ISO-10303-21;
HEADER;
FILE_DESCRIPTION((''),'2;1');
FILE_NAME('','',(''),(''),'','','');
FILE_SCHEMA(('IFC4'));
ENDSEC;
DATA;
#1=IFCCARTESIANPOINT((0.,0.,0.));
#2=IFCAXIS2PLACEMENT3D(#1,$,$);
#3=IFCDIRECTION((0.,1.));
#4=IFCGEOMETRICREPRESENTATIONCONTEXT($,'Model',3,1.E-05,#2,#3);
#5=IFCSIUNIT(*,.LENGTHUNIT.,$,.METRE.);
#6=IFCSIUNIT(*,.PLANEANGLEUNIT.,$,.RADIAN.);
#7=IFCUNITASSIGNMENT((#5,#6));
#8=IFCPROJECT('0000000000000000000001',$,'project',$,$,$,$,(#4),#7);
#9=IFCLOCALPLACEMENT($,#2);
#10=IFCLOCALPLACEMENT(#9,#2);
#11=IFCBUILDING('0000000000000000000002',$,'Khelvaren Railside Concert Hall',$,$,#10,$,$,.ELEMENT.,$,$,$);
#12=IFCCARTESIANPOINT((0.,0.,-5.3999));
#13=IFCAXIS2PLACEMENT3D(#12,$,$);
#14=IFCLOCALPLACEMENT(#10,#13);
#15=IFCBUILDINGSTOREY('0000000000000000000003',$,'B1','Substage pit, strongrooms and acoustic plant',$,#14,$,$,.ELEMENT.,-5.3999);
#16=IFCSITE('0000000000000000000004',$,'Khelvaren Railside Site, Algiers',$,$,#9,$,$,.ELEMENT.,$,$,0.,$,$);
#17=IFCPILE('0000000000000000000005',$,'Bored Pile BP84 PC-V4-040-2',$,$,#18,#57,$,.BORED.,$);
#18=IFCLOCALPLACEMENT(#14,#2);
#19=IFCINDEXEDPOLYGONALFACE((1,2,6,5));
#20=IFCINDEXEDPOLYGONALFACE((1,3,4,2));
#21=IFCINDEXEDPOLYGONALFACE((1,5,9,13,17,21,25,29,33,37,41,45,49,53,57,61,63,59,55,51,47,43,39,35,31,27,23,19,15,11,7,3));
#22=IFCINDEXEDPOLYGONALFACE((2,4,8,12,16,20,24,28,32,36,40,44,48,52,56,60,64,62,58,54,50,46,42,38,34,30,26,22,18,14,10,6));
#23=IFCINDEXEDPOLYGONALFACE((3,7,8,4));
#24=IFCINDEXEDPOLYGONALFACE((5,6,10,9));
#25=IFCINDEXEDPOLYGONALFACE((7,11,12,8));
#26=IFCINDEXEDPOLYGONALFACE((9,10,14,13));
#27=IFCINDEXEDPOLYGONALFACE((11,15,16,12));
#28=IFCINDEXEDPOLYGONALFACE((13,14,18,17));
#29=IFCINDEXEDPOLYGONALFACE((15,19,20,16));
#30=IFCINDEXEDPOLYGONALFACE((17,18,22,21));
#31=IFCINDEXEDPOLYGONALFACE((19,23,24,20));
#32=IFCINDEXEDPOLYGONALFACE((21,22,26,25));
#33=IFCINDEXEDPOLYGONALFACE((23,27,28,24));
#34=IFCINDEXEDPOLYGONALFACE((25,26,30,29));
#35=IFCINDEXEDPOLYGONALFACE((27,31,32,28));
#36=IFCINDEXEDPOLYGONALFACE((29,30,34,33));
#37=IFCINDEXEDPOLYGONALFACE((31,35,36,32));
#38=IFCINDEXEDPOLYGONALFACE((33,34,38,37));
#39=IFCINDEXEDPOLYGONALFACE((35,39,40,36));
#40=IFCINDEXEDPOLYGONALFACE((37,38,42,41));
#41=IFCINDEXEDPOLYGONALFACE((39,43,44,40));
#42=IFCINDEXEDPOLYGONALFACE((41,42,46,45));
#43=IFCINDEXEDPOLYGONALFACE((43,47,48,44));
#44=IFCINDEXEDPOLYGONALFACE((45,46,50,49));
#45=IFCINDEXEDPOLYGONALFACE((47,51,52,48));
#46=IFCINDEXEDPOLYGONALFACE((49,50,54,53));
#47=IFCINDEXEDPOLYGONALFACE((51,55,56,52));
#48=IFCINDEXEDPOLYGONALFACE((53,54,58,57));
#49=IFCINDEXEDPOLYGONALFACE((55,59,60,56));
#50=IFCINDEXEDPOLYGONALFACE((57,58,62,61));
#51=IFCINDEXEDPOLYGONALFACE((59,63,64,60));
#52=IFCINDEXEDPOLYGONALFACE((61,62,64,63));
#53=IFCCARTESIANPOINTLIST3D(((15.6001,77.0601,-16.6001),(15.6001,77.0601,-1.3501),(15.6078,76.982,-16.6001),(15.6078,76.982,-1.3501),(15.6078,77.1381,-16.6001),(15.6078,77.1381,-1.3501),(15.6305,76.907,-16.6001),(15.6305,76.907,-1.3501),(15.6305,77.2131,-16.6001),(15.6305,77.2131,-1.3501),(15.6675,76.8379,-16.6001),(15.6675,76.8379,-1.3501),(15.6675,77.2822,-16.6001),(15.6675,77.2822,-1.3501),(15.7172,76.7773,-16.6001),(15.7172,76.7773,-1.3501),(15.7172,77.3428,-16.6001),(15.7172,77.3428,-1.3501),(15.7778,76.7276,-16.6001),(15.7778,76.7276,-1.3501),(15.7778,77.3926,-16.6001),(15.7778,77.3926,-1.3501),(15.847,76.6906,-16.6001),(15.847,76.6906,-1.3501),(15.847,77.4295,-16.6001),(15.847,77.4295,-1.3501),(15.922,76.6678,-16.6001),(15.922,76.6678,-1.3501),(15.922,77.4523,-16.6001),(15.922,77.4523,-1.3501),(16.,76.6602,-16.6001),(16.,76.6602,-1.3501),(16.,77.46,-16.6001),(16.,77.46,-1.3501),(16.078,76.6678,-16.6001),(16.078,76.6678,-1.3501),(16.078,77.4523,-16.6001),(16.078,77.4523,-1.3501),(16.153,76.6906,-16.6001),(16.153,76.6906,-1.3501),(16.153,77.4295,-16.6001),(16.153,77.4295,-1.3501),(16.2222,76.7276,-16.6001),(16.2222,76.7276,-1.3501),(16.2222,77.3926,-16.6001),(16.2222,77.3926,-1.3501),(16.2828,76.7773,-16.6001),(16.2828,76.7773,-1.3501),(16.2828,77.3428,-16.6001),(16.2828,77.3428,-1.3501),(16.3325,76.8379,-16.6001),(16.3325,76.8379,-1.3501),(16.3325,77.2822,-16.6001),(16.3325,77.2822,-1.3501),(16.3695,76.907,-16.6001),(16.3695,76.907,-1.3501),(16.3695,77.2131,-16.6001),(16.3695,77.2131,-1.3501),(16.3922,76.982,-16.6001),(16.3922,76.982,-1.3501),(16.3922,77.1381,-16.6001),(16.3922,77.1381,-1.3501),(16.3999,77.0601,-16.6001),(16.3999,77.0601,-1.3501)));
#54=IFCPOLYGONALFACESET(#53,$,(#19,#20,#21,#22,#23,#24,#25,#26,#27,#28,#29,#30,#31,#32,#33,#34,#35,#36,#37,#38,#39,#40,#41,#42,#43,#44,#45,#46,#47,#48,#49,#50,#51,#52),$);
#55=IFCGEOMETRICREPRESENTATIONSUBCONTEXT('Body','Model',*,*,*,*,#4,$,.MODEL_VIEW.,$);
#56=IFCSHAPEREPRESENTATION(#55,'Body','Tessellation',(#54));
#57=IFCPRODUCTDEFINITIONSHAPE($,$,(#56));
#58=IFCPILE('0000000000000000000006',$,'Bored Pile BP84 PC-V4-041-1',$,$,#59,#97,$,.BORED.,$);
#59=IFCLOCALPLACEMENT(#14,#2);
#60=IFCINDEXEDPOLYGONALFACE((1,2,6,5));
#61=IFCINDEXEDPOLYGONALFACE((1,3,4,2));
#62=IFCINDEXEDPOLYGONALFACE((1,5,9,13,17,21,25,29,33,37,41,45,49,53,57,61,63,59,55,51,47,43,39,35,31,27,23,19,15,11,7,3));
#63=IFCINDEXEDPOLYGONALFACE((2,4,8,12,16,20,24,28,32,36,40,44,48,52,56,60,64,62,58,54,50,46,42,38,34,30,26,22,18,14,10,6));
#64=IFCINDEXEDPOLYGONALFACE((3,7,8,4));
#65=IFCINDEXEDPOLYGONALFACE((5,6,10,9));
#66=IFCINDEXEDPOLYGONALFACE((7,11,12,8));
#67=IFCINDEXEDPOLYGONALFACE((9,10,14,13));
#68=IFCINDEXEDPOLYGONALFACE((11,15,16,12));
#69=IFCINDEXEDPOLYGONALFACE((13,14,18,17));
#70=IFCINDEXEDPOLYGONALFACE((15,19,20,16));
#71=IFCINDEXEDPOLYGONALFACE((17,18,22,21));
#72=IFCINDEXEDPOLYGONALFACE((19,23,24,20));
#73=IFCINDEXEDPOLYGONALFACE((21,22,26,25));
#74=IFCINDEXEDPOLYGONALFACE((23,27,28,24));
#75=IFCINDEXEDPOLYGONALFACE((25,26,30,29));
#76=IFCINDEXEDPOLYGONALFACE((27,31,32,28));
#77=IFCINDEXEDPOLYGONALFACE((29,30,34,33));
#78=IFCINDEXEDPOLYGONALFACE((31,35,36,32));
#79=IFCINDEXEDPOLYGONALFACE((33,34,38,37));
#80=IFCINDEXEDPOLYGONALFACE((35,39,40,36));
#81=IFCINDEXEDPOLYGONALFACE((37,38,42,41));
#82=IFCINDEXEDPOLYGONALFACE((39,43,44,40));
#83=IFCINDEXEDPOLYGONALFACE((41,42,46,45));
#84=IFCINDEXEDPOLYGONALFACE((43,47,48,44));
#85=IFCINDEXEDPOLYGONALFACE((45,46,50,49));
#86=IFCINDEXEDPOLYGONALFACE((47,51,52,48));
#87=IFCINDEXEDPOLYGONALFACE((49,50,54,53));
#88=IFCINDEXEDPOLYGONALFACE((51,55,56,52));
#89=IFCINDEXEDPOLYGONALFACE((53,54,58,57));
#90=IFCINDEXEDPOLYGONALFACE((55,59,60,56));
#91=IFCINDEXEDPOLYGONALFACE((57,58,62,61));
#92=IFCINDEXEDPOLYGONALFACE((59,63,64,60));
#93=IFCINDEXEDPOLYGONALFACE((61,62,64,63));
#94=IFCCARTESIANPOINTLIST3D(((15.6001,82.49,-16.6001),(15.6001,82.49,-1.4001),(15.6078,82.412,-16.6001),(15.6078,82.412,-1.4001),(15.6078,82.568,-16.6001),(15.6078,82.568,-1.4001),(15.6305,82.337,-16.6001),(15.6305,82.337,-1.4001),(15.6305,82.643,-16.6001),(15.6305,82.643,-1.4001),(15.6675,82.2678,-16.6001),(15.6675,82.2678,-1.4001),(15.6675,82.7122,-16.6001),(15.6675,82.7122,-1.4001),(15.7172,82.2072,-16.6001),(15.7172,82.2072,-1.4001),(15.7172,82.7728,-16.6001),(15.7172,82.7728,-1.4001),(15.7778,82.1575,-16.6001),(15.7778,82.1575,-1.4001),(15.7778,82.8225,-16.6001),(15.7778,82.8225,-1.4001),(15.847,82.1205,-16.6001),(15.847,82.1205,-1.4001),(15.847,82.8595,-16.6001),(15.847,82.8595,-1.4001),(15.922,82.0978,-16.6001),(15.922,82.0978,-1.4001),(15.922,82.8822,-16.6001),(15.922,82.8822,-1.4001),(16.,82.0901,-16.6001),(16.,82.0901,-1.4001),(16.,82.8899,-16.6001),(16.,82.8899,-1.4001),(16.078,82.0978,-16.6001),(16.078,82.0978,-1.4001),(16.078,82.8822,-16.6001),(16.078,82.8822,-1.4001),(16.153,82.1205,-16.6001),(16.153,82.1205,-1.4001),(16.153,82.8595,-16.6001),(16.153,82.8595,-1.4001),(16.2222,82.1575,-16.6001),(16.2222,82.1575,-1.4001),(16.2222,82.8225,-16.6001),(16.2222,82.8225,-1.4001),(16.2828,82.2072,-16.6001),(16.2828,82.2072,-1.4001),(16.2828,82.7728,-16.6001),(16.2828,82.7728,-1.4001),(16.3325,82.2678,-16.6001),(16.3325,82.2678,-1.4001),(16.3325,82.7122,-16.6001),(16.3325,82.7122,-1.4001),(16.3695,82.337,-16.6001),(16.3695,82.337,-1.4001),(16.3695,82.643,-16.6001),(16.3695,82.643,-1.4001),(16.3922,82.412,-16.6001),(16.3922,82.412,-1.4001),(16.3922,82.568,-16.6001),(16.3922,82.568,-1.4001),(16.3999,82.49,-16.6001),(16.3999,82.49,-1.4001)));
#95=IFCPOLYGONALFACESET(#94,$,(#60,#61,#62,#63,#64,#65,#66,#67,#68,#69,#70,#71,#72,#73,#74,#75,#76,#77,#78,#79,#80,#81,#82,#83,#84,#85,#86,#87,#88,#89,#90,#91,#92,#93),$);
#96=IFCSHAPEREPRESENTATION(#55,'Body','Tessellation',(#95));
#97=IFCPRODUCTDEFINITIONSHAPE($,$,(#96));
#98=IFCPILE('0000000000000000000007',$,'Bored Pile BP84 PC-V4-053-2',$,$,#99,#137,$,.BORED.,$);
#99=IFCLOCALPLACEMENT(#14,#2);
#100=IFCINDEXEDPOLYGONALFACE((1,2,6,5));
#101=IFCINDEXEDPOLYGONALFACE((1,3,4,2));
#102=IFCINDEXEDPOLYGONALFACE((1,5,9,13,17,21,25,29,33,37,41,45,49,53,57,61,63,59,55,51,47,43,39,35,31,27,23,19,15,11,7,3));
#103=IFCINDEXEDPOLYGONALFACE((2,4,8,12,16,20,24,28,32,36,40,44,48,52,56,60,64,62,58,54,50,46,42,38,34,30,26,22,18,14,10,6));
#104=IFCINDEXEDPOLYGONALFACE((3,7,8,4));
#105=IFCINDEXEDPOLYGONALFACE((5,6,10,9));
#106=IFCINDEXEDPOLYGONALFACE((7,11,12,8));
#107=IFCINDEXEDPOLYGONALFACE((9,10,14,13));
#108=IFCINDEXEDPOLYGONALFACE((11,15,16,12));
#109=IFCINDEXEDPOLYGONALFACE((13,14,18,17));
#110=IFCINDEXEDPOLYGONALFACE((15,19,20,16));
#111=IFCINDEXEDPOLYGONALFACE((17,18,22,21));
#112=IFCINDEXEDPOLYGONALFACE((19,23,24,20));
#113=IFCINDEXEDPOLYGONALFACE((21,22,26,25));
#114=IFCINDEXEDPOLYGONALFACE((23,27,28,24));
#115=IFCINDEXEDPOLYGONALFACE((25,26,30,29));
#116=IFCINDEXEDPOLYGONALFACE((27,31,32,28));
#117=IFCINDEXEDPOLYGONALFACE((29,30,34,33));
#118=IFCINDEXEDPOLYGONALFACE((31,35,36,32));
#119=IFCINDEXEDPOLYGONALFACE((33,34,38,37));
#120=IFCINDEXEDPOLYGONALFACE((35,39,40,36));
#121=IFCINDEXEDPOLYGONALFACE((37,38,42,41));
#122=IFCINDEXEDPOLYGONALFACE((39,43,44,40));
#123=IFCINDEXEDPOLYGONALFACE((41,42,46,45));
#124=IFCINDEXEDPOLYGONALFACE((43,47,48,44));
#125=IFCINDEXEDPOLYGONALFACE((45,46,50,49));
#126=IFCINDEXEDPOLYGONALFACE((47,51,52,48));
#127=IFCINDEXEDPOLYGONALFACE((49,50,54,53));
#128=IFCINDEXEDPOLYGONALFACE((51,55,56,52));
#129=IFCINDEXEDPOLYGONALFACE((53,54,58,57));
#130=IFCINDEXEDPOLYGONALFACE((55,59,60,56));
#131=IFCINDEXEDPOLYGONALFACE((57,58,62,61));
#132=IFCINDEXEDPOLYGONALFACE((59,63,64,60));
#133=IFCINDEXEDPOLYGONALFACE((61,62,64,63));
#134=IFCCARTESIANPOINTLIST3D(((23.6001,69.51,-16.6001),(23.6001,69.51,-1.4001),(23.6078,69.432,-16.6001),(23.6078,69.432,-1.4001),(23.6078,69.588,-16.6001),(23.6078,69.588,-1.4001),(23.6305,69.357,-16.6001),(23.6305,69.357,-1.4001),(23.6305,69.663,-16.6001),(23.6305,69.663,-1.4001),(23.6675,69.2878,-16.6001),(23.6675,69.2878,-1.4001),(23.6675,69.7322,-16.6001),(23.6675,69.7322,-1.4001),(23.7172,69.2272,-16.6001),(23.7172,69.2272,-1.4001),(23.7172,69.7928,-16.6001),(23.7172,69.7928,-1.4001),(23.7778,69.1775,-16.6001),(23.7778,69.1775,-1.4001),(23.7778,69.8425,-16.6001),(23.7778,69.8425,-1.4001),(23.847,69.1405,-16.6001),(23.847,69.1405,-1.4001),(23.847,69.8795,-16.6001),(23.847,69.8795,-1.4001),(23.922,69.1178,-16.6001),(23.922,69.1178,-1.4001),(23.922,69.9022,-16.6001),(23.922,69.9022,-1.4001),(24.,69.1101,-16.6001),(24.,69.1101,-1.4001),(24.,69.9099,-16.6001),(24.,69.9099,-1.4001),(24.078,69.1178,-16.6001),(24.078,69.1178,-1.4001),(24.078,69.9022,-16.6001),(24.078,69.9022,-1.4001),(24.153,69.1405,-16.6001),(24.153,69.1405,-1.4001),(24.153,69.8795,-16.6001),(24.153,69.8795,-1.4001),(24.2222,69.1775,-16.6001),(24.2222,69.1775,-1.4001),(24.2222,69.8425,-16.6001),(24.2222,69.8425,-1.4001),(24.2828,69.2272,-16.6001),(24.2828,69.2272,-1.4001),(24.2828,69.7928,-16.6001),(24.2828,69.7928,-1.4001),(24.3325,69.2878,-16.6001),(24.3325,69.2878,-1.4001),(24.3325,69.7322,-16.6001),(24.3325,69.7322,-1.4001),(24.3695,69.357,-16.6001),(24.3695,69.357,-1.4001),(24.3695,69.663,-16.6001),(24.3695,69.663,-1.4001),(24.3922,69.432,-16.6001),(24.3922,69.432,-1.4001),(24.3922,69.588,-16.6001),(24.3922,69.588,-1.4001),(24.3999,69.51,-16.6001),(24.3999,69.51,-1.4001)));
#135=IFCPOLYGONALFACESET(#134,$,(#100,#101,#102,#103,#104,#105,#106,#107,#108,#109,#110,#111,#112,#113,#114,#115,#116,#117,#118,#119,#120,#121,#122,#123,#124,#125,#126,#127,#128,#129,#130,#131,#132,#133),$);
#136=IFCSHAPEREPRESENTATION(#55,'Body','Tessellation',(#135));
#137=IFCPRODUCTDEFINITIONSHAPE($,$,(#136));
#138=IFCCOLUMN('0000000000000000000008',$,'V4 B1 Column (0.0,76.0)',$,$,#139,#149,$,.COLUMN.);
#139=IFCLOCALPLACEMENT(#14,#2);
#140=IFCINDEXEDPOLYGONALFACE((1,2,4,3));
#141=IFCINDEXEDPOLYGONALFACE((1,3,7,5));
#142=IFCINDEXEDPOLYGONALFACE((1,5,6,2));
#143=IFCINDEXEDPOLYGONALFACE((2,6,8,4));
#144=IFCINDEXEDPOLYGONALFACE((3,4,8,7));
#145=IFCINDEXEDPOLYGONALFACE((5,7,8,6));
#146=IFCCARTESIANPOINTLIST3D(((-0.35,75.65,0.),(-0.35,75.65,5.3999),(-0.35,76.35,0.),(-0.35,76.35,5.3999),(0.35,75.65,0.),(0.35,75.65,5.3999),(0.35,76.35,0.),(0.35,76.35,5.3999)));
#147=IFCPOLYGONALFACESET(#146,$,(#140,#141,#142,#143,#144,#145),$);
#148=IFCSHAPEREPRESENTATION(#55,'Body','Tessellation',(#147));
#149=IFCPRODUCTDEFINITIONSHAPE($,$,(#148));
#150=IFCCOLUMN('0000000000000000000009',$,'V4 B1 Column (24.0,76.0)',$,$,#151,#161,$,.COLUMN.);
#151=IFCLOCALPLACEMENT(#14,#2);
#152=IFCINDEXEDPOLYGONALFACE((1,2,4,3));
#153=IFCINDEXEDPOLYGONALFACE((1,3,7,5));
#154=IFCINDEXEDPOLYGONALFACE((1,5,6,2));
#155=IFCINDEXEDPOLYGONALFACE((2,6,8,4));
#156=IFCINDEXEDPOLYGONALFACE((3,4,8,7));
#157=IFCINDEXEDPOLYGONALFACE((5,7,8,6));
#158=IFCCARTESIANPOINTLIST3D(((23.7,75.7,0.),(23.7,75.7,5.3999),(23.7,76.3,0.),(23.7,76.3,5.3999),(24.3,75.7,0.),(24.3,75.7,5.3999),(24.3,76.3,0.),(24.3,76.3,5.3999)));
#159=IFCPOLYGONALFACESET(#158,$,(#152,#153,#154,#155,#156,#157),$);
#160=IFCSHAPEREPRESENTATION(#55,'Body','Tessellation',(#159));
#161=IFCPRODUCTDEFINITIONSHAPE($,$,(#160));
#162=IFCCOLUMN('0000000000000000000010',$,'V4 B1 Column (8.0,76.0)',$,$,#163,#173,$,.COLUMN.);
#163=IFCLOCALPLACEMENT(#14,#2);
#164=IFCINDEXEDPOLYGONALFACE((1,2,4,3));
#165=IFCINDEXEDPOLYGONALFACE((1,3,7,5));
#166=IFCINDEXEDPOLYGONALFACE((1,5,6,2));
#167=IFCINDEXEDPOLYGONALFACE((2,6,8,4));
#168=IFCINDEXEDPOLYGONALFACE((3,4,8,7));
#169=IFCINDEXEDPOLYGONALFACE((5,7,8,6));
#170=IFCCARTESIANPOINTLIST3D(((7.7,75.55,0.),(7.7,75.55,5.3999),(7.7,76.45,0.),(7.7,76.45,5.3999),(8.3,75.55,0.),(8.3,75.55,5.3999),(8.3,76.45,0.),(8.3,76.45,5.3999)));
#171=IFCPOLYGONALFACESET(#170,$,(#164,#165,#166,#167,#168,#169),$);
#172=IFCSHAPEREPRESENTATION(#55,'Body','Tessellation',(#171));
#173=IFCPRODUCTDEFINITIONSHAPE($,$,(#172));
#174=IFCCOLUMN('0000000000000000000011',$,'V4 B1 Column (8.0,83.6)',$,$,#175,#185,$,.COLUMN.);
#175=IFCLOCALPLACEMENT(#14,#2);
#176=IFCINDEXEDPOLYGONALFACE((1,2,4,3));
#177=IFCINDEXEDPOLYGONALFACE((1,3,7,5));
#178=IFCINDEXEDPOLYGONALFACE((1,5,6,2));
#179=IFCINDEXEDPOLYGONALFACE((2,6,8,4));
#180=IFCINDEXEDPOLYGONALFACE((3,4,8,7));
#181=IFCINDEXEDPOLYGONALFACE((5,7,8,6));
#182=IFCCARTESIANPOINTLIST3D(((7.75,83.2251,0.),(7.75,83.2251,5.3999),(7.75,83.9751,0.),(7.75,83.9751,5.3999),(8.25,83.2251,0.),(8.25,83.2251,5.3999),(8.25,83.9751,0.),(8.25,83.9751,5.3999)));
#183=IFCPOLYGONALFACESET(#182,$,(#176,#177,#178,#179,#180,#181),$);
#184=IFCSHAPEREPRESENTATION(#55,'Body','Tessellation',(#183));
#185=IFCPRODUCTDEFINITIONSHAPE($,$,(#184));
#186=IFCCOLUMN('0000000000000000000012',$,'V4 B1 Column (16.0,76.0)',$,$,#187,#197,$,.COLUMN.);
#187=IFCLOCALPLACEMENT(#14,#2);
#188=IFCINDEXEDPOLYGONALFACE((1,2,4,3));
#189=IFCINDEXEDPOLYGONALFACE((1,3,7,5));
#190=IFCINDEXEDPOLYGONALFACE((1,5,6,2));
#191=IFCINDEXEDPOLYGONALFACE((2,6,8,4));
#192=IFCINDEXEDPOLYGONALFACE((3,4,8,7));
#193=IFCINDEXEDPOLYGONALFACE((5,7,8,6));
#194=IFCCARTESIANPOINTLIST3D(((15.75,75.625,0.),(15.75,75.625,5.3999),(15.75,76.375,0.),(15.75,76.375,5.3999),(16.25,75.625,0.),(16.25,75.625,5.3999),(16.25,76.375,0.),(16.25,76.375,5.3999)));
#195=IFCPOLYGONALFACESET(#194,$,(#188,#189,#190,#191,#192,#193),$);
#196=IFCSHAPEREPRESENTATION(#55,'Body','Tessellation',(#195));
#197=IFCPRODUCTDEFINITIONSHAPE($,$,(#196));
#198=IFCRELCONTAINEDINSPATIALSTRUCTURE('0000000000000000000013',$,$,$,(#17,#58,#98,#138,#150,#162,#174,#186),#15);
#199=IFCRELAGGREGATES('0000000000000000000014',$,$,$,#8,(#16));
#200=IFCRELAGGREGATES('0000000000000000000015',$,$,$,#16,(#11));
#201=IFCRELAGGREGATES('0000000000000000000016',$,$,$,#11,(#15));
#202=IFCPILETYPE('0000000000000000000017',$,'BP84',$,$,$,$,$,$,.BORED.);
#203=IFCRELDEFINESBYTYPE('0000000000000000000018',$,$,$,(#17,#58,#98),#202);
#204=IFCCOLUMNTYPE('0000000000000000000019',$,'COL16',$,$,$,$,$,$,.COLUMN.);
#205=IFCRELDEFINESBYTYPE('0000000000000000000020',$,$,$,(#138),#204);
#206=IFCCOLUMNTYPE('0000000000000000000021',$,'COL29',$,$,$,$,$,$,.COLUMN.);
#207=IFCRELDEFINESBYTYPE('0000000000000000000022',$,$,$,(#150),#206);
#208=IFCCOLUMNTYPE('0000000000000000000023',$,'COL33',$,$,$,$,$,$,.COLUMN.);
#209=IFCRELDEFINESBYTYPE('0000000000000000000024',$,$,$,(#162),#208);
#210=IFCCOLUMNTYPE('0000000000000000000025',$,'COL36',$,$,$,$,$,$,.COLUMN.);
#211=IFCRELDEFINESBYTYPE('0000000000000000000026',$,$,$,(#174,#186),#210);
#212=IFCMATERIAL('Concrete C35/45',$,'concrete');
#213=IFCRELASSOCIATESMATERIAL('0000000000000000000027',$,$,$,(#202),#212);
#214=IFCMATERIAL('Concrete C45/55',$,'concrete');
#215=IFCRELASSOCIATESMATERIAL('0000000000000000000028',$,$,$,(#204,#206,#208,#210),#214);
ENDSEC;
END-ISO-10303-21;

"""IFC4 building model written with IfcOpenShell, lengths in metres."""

from ifc_helpers import new_model, si_unit, direction, frame, origin, origin_2d, place, context, subcontext, project, spatial, rectangle, circle, extrude, material, material_profile, profile_set, type_object, element, save


model = new_model("IFC4")

# Units and contexts
model_context = context("Model", 3, precision=1e-05, world=origin(), true_north=direction((0.0, 1.0)))
body_context = subcontext(model_context, "Body", "Model", "MODEL_VIEW")
ifc_project = project(units=[si_unit("LENGTHUNIT", "METRE"), si_unit("PLANEANGLEUNIT", "RADIAN")], contexts=[model_context])

# Site, building, storey
site_placement = place(None, origin())
site = spatial("IfcSite", under=ifc_project, at=site_placement, Name="Khelvaren Railside Site, Algiers", CompositionType="ELEMENT", RefElevation=0.0)
building_placement = place(site_placement, origin())
building = spatial("IfcBuilding", under=site, at=building_placement, Name="Khelvaren Railside Concert Hall", CompositionType="ELEMENT")
storey_placement = place(building_placement, frame((0.0, 0.0, -5.3999)))
storey = spatial("IfcBuildingStorey", under=building, at=storey_placement, Name="B1", Description="Substage pit, strongrooms and acoustic plant", CompositionType="ELEMENT", Elevation=-5.3999)

# Piles
ifc_material_1 = material(Name="Concrete C35/45", Category="concrete")
ifc_material_profile_1 = material_profile(ifc_material_1, circle(Radius=0.3999, at=origin_2d()), Name="BP D800")
ifc_profile_set_1 = profile_set([ifc_material_profile_1], Name="Concrete C35/45")
pile_type_1 = type_object("IfcPileType", Name="BP84", PredefinedType="BORED", material=ifc_profile_set_1)
for number, where, z_axis, x_axis, name in (
    (1, (16.0, 77.0601, -1.3501), (0.0, 0.0, -1.0), (1.0, 0.0, 0.0), "Bored Pile BP84 PC-V4-040-2"),
):
    element("IfcPile", number, at=place(storey_placement, frame(where, z_axis=z_axis, x_axis=x_axis)), inside=storey, type_object=pile_type_1, Name=name, PredefinedType="BORED", context=body_context, shape_type="SweptSolid", body=[
        extrude(circle(Radius=0.3999, at=origin_2d()), origin(), (0.0, 0.0, 1.0), 15.25),
    ])
for number, where, z_axis, x_axis, name in (
    (2, (16.0, 82.49, -1.4001), (0.0, 0.0, -1.0), (1.0, 0.0, 0.0), "Bored Pile BP84 PC-V4-041-1"),
    (3, (24.0, 69.51, -1.4001), (0.0, 0.0, -1.0), (1.0, 0.0, 0.0), "Bored Pile BP84 PC-V4-053-2"),
):
    element("IfcPile", number, at=place(storey_placement, frame(where, z_axis=z_axis, x_axis=x_axis)), inside=storey, type_object=pile_type_1, Name=name, PredefinedType="BORED", context=body_context, shape_type="SweptSolid", body=[
        extrude(circle(Radius=0.3999, at=origin_2d()), origin(), (0.0, 0.0, 1.0), 15.2),
    ])

# Columns
ifc_material_2 = material(Name="Concrete C45/55", Category="concrete")
ifc_material_profile_2 = material_profile(ifc_material_2, rectangle(XDim=0.7, YDim=0.7, at=origin_2d()), Name="RC 700x700")
ifc_profile_set_2 = profile_set([ifc_material_profile_2], Name="Concrete C45/55")
column_type_1 = type_object("IfcColumnType", Name="COL16", PredefinedType="COLUMN", material=ifc_profile_set_2)
column_1_placement = place(storey_placement, frame((0.0, 76.0, 0.0), z_axis=(0.0, 0.0, 1.0), x_axis=(1.0, 0.0, 0.0)))
element("IfcColumn", 4, at=column_1_placement, inside=storey, type_object=column_type_1, Name="V4 B1 Column (0.0,76.0)", PredefinedType="COLUMN", context=body_context, shape_type="SweptSolid", body=[
    extrude(rectangle(XDim=0.7, YDim=0.7, at=origin_2d()), origin(), (0.0, 0.0, 1.0), 5.3999),
])
ifc_material_profile_3 = material_profile(ifc_material_2, rectangle(XDim=0.6001, YDim=0.6001, at=origin_2d()), Name="RC 600x600")
ifc_profile_set_3 = profile_set([ifc_material_profile_3], Name="Concrete C45/55")
column_type_2 = type_object("IfcColumnType", Name="COL29", PredefinedType="COLUMN", material=ifc_profile_set_3)
column_2_placement = place(storey_placement, frame((24.0, 76.0, 0.0), z_axis=(0.0, 0.0, 1.0), x_axis=(1.0, 0.0, 0.0)))
element("IfcColumn", 5, at=column_2_placement, inside=storey, type_object=column_type_2, Name="V4 B1 Column (24.0,76.0)", PredefinedType="COLUMN", context=body_context, shape_type="SweptSolid", body=[
    extrude(rectangle(XDim=0.6001, YDim=0.6001, at=origin_2d()), origin(), (0.0, 0.0, 1.0), 5.3999),
])
ifc_material_profile_4 = material_profile(ifc_material_2, rectangle(XDim=0.6001, YDim=0.8999, at=origin_2d()), Name="RC 600x900")
ifc_profile_set_4 = profile_set([ifc_material_profile_4], Name="Concrete C45/55")
column_type_3 = type_object("IfcColumnType", Name="COL33", PredefinedType="COLUMN", material=ifc_profile_set_4)
column_3_placement = place(storey_placement, frame((8.0, 76.0, 0.0), z_axis=(0.0, 0.0, 1.0), x_axis=(1.0, 0.0, 0.0)))
element("IfcColumn", 6, at=column_3_placement, inside=storey, type_object=column_type_3, Name="V4 B1 Column (8.0,76.0)", PredefinedType="COLUMN", context=body_context, shape_type="SweptSolid", body=[
    extrude(rectangle(XDim=0.6001, YDim=0.8999, at=origin_2d()), origin(), (0.0, 0.0, 1.0), 5.3999),
])
ifc_material_profile_5 = material_profile(ifc_material_2, rectangle(XDim=0.5, YDim=0.75, at=origin_2d()), Name="RC 500x750")
ifc_profile_set_5 = profile_set([ifc_material_profile_5], Name="Concrete C45/55")
column_type_4 = type_object("IfcColumnType", Name="COL36", PredefinedType="COLUMN", material=ifc_profile_set_5)
for number, where, z_axis, x_axis, name in (
    (7, (8.0, 83.6001, 0.0), (0.0, 0.0, 1.0), (1.0, 0.0, 0.0), "V4 B1 Column (8.0,83.6)"),
    (8, (16.0, 76.0, 0.0), (0.0, 0.0, 1.0), (1.0, 0.0, 0.0), "V4 B1 Column (16.0,76.0)"),
):
    element("IfcColumn", number, at=place(storey_placement, frame(where, z_axis=z_axis, x_axis=x_axis)), inside=storey, type_object=column_type_4, Name=name, PredefinedType="COLUMN", context=body_context, shape_type="SweptSolid", body=[
        extrude(rectangle(XDim=0.5, YDim=0.75, at=origin_2d()), origin(), (0.0, 0.0, 1.0), 5.3999),
    ])

save(model, "model.ifc")
